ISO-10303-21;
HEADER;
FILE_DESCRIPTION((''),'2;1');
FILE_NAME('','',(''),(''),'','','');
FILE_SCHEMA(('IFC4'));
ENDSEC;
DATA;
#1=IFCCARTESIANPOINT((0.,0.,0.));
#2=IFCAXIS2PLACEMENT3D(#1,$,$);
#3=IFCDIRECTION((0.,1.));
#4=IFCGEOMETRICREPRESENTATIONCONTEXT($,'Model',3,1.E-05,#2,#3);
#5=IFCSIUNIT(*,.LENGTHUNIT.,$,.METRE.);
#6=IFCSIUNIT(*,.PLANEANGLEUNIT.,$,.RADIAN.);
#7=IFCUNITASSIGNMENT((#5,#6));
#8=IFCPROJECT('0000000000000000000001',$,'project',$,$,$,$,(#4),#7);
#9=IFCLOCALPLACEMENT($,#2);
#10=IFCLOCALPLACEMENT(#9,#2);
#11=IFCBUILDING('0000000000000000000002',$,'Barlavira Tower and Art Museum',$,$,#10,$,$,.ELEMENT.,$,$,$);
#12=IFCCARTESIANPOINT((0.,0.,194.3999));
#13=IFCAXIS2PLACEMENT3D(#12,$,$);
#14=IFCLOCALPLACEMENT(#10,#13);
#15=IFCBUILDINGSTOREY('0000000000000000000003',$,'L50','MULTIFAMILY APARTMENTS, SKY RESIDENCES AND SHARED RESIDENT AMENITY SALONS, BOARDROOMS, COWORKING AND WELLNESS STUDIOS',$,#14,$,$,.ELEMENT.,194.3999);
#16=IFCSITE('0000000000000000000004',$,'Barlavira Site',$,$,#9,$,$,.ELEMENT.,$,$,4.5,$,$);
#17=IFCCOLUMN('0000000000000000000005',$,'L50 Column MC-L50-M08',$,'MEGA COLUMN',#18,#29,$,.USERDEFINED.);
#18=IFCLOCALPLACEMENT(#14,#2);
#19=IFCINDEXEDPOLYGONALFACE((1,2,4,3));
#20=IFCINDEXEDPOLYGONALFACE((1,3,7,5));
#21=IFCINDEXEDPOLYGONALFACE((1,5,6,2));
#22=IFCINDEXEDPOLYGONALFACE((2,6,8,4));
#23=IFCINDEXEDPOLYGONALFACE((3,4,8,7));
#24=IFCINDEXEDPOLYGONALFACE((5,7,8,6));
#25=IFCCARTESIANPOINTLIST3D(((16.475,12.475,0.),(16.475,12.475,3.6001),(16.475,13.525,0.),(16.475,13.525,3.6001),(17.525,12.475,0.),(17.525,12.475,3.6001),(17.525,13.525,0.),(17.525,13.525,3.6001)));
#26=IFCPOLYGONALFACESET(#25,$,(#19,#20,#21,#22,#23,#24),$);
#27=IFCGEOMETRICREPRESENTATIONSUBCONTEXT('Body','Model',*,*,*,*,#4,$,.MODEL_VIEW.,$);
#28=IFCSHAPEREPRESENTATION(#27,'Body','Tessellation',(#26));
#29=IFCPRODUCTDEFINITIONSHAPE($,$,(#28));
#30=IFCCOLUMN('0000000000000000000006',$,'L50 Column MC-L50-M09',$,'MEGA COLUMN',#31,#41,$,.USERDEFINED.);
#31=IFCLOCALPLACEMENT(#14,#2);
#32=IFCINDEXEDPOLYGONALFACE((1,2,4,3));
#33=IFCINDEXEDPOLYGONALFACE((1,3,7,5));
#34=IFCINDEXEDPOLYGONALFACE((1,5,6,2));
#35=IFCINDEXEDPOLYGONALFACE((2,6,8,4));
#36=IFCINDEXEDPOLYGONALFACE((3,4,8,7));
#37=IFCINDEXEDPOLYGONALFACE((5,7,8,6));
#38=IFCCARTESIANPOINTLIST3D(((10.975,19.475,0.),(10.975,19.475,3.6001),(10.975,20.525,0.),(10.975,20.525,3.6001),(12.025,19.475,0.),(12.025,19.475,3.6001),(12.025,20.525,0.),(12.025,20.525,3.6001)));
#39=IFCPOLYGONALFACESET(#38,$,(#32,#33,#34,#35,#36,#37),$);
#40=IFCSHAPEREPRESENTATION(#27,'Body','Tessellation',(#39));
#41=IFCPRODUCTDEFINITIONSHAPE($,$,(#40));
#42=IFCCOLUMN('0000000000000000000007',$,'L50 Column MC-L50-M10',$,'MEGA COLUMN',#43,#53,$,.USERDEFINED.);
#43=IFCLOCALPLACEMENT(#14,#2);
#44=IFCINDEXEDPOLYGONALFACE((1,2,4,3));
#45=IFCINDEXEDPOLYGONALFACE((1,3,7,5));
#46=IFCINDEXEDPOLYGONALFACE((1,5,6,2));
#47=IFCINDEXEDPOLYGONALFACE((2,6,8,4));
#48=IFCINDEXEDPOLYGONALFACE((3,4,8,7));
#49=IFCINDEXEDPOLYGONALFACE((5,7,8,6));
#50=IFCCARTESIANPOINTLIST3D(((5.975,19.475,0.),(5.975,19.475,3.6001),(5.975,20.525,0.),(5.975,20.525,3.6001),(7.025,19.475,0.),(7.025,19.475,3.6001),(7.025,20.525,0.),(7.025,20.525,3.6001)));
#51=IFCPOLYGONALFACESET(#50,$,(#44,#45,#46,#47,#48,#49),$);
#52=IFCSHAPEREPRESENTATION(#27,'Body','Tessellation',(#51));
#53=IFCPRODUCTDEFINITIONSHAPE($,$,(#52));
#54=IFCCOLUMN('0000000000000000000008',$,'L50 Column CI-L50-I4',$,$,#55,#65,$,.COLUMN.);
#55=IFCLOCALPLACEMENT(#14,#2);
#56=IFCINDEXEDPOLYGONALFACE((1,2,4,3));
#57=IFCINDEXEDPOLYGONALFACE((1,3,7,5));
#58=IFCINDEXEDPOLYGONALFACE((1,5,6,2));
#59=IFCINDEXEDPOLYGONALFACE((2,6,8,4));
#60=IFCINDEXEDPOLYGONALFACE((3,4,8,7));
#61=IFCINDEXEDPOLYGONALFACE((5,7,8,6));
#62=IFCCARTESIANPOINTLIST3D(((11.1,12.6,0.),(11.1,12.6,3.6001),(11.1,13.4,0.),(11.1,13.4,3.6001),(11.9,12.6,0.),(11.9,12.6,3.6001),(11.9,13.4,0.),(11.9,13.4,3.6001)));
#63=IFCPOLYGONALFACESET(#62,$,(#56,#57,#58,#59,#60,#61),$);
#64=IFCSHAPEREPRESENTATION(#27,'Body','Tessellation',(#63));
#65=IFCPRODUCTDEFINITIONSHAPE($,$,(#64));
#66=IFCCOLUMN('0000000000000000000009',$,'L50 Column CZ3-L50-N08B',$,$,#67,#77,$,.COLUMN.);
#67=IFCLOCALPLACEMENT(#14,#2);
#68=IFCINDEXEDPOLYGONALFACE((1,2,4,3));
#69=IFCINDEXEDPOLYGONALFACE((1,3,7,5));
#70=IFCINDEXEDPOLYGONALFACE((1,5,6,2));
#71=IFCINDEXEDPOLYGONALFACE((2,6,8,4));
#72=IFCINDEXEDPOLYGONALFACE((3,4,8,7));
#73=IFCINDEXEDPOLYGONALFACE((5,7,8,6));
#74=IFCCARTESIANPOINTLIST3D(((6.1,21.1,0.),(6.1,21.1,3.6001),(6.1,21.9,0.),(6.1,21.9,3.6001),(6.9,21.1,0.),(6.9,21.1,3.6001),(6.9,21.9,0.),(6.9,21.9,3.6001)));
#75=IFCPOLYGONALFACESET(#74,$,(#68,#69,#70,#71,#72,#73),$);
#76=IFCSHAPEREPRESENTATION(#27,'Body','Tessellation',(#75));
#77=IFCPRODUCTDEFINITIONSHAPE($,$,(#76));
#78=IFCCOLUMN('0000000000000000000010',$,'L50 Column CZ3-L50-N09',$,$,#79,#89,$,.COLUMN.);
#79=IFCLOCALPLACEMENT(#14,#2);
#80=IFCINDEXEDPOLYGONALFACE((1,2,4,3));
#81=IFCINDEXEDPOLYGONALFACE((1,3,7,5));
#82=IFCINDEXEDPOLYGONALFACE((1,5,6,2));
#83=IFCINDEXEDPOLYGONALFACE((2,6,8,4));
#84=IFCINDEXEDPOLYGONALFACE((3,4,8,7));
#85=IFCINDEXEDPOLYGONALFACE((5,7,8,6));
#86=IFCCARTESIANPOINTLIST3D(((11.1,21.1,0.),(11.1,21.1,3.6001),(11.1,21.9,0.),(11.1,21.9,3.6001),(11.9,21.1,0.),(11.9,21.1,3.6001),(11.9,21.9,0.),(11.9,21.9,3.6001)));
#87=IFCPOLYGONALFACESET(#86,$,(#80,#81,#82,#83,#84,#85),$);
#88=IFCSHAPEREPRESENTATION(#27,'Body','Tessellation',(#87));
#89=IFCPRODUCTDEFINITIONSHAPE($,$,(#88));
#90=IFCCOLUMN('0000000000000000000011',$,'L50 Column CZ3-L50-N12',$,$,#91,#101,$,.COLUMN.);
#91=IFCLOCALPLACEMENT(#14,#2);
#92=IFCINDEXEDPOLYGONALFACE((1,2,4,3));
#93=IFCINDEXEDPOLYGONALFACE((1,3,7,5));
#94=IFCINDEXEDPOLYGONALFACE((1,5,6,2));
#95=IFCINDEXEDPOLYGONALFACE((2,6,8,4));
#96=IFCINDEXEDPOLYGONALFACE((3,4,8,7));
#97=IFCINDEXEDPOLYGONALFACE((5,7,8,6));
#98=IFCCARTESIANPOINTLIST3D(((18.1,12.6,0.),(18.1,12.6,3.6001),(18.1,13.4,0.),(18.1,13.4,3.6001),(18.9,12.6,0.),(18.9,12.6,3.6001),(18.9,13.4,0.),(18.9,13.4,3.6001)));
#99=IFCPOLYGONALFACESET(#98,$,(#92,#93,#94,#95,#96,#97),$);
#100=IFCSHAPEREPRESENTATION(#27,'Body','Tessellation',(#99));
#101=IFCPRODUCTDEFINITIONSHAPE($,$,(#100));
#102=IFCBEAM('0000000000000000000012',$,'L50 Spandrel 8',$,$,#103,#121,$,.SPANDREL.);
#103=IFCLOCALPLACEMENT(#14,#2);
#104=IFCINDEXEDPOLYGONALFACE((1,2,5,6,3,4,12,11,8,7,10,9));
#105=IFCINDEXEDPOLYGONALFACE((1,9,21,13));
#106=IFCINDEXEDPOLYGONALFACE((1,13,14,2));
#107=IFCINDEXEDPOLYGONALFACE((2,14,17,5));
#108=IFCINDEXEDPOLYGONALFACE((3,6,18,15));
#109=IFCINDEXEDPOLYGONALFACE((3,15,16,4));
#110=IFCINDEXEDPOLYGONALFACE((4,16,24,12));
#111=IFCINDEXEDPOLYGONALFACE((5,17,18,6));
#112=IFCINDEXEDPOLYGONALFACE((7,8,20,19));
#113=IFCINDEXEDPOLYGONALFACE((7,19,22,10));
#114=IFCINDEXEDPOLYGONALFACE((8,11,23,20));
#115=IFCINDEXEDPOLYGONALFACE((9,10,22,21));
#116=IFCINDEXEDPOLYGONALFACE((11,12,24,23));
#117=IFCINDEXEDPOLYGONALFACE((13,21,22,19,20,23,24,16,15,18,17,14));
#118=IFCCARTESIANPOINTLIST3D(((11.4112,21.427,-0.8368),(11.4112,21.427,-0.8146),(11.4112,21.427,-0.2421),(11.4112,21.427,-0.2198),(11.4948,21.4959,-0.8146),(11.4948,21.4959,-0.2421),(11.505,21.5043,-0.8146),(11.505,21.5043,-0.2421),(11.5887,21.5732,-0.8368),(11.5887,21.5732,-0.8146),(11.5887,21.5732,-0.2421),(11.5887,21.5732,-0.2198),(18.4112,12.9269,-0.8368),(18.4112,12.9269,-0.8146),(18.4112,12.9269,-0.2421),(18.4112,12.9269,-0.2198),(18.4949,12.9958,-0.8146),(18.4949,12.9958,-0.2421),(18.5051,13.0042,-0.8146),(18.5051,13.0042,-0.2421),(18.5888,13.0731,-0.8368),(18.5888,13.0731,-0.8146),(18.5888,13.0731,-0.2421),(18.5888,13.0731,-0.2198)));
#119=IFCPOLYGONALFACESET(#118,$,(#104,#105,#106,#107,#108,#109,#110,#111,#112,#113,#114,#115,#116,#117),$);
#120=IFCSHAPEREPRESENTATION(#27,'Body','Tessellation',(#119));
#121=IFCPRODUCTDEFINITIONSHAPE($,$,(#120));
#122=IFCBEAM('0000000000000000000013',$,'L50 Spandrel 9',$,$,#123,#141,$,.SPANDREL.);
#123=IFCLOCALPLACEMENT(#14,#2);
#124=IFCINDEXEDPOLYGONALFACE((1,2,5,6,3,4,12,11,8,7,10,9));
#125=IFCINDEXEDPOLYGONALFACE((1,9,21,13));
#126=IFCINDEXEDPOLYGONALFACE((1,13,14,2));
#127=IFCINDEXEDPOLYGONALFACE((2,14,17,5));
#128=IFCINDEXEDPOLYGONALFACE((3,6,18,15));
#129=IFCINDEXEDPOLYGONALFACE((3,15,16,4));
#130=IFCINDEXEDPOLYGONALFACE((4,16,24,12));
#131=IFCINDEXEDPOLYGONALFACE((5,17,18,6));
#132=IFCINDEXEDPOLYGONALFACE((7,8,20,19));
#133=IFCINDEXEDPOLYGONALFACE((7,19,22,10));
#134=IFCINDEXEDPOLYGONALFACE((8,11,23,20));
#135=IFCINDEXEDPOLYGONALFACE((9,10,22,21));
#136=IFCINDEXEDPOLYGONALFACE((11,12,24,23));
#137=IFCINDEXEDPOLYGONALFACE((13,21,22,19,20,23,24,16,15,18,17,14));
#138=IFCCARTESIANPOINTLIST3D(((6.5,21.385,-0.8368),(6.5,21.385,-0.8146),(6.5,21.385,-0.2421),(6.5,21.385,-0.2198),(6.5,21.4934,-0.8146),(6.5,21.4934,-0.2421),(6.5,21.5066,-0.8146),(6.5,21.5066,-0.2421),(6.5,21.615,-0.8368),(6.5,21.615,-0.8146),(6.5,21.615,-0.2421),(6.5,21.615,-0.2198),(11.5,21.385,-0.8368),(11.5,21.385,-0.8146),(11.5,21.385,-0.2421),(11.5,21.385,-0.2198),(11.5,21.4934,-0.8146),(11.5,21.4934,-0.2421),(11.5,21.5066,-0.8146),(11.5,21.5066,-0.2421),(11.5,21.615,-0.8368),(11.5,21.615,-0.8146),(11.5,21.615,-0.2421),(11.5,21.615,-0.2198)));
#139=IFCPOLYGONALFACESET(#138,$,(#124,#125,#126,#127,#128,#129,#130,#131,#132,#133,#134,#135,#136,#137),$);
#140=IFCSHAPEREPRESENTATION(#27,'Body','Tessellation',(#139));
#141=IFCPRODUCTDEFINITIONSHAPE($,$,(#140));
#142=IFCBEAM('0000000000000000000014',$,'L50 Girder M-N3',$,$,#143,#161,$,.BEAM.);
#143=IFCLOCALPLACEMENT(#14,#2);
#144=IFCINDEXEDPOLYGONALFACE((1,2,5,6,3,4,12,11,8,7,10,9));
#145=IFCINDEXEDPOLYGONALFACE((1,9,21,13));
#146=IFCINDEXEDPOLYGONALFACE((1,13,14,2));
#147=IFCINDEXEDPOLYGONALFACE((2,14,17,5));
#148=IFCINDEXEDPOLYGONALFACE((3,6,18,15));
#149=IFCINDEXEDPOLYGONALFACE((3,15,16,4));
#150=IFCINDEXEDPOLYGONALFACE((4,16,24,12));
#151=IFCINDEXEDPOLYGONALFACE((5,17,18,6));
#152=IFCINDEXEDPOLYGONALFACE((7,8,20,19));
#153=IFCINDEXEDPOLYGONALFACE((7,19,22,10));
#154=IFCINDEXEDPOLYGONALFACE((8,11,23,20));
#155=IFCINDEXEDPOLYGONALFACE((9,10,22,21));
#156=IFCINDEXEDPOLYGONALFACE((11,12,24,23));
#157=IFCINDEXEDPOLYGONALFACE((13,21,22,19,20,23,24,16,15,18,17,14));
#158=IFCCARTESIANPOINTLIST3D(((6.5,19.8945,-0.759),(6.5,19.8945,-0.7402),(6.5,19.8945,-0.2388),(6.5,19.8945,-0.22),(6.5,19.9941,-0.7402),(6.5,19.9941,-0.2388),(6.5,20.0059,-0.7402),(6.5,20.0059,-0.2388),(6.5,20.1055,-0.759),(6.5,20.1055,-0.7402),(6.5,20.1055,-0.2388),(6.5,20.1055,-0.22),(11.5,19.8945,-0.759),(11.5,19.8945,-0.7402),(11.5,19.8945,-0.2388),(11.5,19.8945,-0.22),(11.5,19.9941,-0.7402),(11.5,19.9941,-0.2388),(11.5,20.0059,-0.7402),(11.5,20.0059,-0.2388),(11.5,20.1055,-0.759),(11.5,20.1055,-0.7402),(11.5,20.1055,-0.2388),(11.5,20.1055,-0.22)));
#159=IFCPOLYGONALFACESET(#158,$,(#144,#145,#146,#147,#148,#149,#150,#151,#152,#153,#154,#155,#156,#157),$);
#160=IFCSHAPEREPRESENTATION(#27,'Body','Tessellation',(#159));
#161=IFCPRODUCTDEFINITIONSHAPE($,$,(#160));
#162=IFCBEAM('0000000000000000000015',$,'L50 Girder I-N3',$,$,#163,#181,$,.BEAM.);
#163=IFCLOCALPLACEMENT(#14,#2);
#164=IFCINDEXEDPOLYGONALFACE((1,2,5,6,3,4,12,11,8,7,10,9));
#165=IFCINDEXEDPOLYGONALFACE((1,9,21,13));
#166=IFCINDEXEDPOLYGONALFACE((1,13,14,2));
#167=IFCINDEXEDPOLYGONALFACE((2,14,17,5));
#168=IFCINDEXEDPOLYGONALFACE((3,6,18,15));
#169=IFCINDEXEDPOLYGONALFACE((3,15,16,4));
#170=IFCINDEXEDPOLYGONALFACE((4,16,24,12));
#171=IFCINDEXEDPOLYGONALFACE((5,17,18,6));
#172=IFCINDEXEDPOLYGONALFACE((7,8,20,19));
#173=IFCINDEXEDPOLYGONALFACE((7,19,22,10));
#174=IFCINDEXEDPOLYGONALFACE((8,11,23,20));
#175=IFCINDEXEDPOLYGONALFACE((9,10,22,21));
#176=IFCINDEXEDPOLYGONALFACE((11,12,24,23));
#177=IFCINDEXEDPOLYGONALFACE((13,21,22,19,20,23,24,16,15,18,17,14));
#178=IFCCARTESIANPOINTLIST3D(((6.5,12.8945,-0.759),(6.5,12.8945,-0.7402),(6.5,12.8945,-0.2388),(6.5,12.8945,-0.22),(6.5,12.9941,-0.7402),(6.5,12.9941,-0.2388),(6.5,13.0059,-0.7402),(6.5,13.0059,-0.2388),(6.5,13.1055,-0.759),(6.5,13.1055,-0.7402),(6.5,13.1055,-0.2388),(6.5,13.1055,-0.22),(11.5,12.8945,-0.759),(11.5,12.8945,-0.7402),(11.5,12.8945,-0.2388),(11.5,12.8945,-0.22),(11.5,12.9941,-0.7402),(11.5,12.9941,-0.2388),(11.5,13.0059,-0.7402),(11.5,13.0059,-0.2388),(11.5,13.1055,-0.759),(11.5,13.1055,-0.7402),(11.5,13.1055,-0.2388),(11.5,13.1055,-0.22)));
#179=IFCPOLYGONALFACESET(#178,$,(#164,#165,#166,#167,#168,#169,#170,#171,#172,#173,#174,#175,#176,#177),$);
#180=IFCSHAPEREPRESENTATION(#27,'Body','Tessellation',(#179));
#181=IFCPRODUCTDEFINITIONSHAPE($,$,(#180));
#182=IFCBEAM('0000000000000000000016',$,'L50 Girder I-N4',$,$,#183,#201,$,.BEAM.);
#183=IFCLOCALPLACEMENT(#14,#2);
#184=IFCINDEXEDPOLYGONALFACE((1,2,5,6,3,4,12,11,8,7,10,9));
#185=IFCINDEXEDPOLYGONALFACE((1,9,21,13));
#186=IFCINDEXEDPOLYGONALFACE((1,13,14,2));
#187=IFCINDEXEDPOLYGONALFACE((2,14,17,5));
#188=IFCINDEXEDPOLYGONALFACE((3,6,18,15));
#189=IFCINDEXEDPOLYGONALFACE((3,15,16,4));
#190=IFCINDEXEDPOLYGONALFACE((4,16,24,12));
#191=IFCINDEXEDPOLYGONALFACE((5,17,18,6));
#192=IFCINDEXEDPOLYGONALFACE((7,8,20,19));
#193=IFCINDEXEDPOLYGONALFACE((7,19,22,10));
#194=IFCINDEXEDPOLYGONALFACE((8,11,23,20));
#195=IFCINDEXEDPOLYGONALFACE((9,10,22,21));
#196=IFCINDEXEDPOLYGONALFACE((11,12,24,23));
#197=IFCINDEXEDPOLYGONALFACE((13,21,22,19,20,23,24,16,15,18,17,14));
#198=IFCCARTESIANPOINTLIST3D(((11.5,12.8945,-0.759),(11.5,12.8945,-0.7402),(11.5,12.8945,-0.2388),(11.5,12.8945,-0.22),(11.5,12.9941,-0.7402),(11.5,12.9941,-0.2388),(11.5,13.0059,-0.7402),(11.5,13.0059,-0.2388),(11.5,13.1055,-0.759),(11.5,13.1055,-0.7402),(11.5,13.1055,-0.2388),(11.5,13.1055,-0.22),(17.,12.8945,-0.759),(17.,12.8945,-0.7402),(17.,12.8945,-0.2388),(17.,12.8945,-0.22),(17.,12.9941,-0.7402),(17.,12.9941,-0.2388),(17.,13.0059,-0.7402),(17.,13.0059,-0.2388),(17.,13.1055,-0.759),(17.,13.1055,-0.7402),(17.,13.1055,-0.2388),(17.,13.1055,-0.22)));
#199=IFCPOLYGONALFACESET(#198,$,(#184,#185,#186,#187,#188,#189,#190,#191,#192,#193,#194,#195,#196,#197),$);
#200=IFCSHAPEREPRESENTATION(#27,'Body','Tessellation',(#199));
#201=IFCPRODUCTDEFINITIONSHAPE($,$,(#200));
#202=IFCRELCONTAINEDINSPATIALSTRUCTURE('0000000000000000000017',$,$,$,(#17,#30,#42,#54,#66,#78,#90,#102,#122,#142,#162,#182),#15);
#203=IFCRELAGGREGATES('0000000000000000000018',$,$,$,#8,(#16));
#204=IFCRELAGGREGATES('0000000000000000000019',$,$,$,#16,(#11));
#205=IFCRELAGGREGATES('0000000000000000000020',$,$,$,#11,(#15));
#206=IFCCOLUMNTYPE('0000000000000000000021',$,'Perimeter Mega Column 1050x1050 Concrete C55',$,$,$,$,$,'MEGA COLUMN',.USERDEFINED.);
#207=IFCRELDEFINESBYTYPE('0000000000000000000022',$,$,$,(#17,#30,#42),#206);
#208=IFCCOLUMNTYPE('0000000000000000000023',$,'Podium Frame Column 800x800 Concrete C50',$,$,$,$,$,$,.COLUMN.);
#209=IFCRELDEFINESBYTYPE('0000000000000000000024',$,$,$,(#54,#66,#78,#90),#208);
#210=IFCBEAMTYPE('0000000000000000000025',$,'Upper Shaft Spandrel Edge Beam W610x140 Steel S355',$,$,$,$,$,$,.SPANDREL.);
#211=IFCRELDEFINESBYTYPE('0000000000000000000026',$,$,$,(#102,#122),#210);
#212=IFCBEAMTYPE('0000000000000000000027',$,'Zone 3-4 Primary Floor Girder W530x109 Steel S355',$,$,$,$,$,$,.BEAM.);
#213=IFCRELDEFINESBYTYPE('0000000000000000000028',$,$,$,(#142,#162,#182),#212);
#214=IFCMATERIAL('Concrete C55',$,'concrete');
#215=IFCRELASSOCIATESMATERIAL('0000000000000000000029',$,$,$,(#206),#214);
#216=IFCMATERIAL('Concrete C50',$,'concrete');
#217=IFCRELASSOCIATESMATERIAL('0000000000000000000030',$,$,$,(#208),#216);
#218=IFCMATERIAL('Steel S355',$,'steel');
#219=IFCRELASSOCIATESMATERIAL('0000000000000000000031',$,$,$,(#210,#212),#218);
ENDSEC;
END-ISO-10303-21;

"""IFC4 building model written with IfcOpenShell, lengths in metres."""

from ifc_helpers import new_model, si_unit, direction, frame, origin, origin_2d, place, context, subcontext, project, spatial, rectangle, i_section, extrude, material, material_profile, profile_set, type_object, element, save


model = new_model("IFC4")

# Units and contexts
model_context = context("Model", 3, precision=1e-05, world=origin(), true_north=direction((0.0, 1.0)))
body_context = subcontext(model_context, "Body", "Model", "MODEL_VIEW")
ifc_project = project(units=[si_unit("LENGTHUNIT", "METRE"), si_unit("PLANEANGLEUNIT", "RADIAN")], contexts=[model_context])

# Site, building, storey
site_placement = place(None, origin())
site = spatial("IfcSite", under=ifc_project, at=site_placement, Name="Barlavira Site", CompositionType="ELEMENT", RefElevation=4.5)
building_placement = place(site_placement, origin())
building = spatial("IfcBuilding", under=site, at=building_placement, Name="Barlavira Tower and Art Museum", CompositionType="ELEMENT")
storey_placement = place(building_placement, frame((0.0, 0.0, 194.3999)))
storey = spatial("IfcBuildingStorey", under=building, at=storey_placement, Name="L50", Description="MULTIFAMILY APARTMENTS, SKY RESIDENCES AND SHARED RESIDENT AMENITY SALONS, BOARDROOMS, COWORKING AND WELLNESS STUDIOS", CompositionType="ELEMENT", Elevation=194.3999)

# Columns
ifc_material_1 = material(Name="Concrete C55", Category="concrete")
ifc_material_profile_1 = material_profile(ifc_material_1, rectangle(XDim=1.05, YDim=1.05, at=origin_2d()), Name="RC-COL 1050x1050")
ifc_profile_set_1 = profile_set([ifc_material_profile_1], Name="Concrete C55")
column_type_1 = type_object("IfcColumnType", Name="Perimeter Mega Column 1050x1050 Concrete C55", ElementType="MEGA COLUMN", PredefinedType="USERDEFINED", material=ifc_profile_set_1)
for number, where, z_axis, x_axis, name in (
    (1, (17.0, 13.0, 0.0), (0.0, 0.0, 1.0), (1.0, 0.0, 0.0), "L50 Column MC-L50-M08"),
    (2, (11.5, 20.0, 0.0), (0.0, 0.0, 1.0), (1.0, 0.0, 0.0), "L50 Column MC-L50-M09"),
    (3, (6.5, 20.0, 0.0), (0.0, 0.0, 1.0), (1.0, 0.0, 0.0), "L50 Column MC-L50-M10"),
):
    element("IfcColumn", number, at=place(storey_placement, frame(where, z_axis=z_axis, x_axis=x_axis)), inside=storey, type_object=column_type_1, Name=name, ObjectType="MEGA COLUMN", PredefinedType="USERDEFINED", context=body_context, shape_type="SweptSolid", body=[
        extrude(rectangle(XDim=1.05, YDim=1.05, at=origin_2d()), origin(), (0.0, 0.0, 1.0), 3.6001),
    ])
ifc_material_2 = material(Name="Concrete C50", Category="concrete")
ifc_material_profile_2 = material_profile(ifc_material_2, rectangle(XDim=0.8, YDim=0.8, at=origin_2d()), Name="RC-COL 800x800")
ifc_profile_set_2 = profile_set([ifc_material_profile_2], Name="Concrete C50")
column_type_2 = type_object("IfcColumnType", Name="Podium Frame Column 800x800 Concrete C50", PredefinedType="COLUMN", material=ifc_profile_set_2)
for number, where, z_axis, x_axis, name in (
    (4, (11.5, 13.0, 0.0), (0.0, 0.0, 1.0), (1.0, 0.0, 0.0), "L50 Column CI-L50-I4"),
    (5, (6.5, 21.5, 0.0), (0.0, 0.0, 1.0), (1.0, 0.0, 0.0), "L50 Column CZ3-L50-N08B"),
    (6, (11.5, 21.5, 0.0), (0.0, 0.0, 1.0), (1.0, 0.0, 0.0), "L50 Column CZ3-L50-N09"),
    (7, (18.5, 13.0, 0.0), (0.0, 0.0, 1.0), (1.0, 0.0, 0.0), "L50 Column CZ3-L50-N12"),
):
    element("IfcColumn", number, at=place(storey_placement, frame(where, z_axis=z_axis, x_axis=x_axis)), inside=storey, type_object=column_type_2, Name=name, PredefinedType="COLUMN", context=body_context, shape_type="SweptSolid", body=[
        extrude(rectangle(XDim=0.8, YDim=0.8, at=origin_2d()), origin(), (0.0, 0.0, 1.0), 3.6001),
    ])

# Beams
ifc_material_3 = material(Name="Steel S355", Category="steel")
ifc_material_profile_3 = material_profile(ifc_material_3, i_section(OverallWidth=0.23, OverallDepth=0.6169, WebThickness=0.0132, FlangeThickness=0.0222, at=origin_2d()), Name="W610x140.0")
ifc_profile_set_3 = profile_set([ifc_material_profile_3], Name="Steel S355")
beam_type_1 = type_object("IfcBeamType", Name="Upper Shaft Spandrel Edge Beam W610x140 Steel S355", PredefinedType="SPANDREL", material=ifc_profile_set_3)
beam_1_placement = place(storey_placement, frame((18.5, 13.0, -0.5283), z_axis=(-0.635707, 0.77193, 0.0), x_axis=(-0.77193, -0.635707, 0.0)))
element("IfcBeam", 8, at=beam_1_placement, inside=storey, type_object=beam_type_1, Name="L50 Spandrel 8", PredefinedType="SPANDREL", context=body_context, shape_type="SweptSolid", body=[
    extrude(i_section(OverallWidth=0.23, OverallDepth=0.6169, WebThickness=0.0132, FlangeThickness=0.0222, at=origin_2d()), origin(), (0.0, 0.0, 1.0), 11.0115),
])
beam_2_placement = place(storey_placement, frame((6.5, 21.5, -0.5283), z_axis=(1.0, 0.0, 0.0), x_axis=(0.0, 1.0, 0.0)))
element("IfcBeam", 9, at=beam_2_placement, inside=storey, type_object=beam_type_1, Name="L50 Spandrel 9", PredefinedType="SPANDREL", context=body_context, shape_type="SweptSolid", body=[
    extrude(i_section(OverallWidth=0.23, OverallDepth=0.6169, WebThickness=0.0132, FlangeThickness=0.0222, at=origin_2d()), origin(), (0.0, 0.0, 1.0), 5.0),
])
ifc_material_profile_4 = material_profile(ifc_material_3, i_section(OverallWidth=0.2109, OverallDepth=0.5391, WebThickness=0.0117, FlangeThickness=0.0188, at=origin_2d()), Name="W530x109.0")
ifc_profile_set_4 = profile_set([ifc_material_profile_4], Name="Steel S355")
beam_type_2 = type_object("IfcBeamType", Name="Zone 3-4 Primary Floor Girder W530x109 Steel S355", PredefinedType="BEAM", material=ifc_profile_set_4)
for number, where, z_axis, x_axis, name in (
    (10, (6.5, 20.0, -0.4895), (1.0, 0.0, 0.0), (0.0, 1.0, 0.0), "L50 Girder M-N3"),
    (11, (6.5, 13.0, -0.4895), (1.0, 0.0, 0.0), (0.0, 1.0, 0.0), "L50 Girder I-N3"),
):
    element("IfcBeam", number, at=place(storey_placement, frame(where, z_axis=z_axis, x_axis=x_axis)), inside=storey, type_object=beam_type_2, Name=name, PredefinedType="BEAM", context=body_context, shape_type="SweptSolid", body=[
        extrude(i_section(OverallWidth=0.2109, OverallDepth=0.5391, WebThickness=0.0117, FlangeThickness=0.0188, at=origin_2d()), origin(), (0.0, 0.0, 1.0), 5.0),
    ])
beam_3_placement = place(storey_placement, frame((11.5, 13.0, -0.4895), z_axis=(1.0, 0.0, 0.0), x_axis=(0.0, 1.0, 0.0)))
element("IfcBeam", 12, at=beam_3_placement, inside=storey, type_object=beam_type_2, Name="L50 Girder I-N4", PredefinedType="BEAM", context=body_context, shape_type="SweptSolid", body=[
    extrude(i_section(OverallWidth=0.2109, OverallDepth=0.5391, WebThickness=0.0117, FlangeThickness=0.0188, at=origin_2d()), origin(), (0.0, 0.0, 1.0), 5.5),
])

save(model, "model.ifc")
